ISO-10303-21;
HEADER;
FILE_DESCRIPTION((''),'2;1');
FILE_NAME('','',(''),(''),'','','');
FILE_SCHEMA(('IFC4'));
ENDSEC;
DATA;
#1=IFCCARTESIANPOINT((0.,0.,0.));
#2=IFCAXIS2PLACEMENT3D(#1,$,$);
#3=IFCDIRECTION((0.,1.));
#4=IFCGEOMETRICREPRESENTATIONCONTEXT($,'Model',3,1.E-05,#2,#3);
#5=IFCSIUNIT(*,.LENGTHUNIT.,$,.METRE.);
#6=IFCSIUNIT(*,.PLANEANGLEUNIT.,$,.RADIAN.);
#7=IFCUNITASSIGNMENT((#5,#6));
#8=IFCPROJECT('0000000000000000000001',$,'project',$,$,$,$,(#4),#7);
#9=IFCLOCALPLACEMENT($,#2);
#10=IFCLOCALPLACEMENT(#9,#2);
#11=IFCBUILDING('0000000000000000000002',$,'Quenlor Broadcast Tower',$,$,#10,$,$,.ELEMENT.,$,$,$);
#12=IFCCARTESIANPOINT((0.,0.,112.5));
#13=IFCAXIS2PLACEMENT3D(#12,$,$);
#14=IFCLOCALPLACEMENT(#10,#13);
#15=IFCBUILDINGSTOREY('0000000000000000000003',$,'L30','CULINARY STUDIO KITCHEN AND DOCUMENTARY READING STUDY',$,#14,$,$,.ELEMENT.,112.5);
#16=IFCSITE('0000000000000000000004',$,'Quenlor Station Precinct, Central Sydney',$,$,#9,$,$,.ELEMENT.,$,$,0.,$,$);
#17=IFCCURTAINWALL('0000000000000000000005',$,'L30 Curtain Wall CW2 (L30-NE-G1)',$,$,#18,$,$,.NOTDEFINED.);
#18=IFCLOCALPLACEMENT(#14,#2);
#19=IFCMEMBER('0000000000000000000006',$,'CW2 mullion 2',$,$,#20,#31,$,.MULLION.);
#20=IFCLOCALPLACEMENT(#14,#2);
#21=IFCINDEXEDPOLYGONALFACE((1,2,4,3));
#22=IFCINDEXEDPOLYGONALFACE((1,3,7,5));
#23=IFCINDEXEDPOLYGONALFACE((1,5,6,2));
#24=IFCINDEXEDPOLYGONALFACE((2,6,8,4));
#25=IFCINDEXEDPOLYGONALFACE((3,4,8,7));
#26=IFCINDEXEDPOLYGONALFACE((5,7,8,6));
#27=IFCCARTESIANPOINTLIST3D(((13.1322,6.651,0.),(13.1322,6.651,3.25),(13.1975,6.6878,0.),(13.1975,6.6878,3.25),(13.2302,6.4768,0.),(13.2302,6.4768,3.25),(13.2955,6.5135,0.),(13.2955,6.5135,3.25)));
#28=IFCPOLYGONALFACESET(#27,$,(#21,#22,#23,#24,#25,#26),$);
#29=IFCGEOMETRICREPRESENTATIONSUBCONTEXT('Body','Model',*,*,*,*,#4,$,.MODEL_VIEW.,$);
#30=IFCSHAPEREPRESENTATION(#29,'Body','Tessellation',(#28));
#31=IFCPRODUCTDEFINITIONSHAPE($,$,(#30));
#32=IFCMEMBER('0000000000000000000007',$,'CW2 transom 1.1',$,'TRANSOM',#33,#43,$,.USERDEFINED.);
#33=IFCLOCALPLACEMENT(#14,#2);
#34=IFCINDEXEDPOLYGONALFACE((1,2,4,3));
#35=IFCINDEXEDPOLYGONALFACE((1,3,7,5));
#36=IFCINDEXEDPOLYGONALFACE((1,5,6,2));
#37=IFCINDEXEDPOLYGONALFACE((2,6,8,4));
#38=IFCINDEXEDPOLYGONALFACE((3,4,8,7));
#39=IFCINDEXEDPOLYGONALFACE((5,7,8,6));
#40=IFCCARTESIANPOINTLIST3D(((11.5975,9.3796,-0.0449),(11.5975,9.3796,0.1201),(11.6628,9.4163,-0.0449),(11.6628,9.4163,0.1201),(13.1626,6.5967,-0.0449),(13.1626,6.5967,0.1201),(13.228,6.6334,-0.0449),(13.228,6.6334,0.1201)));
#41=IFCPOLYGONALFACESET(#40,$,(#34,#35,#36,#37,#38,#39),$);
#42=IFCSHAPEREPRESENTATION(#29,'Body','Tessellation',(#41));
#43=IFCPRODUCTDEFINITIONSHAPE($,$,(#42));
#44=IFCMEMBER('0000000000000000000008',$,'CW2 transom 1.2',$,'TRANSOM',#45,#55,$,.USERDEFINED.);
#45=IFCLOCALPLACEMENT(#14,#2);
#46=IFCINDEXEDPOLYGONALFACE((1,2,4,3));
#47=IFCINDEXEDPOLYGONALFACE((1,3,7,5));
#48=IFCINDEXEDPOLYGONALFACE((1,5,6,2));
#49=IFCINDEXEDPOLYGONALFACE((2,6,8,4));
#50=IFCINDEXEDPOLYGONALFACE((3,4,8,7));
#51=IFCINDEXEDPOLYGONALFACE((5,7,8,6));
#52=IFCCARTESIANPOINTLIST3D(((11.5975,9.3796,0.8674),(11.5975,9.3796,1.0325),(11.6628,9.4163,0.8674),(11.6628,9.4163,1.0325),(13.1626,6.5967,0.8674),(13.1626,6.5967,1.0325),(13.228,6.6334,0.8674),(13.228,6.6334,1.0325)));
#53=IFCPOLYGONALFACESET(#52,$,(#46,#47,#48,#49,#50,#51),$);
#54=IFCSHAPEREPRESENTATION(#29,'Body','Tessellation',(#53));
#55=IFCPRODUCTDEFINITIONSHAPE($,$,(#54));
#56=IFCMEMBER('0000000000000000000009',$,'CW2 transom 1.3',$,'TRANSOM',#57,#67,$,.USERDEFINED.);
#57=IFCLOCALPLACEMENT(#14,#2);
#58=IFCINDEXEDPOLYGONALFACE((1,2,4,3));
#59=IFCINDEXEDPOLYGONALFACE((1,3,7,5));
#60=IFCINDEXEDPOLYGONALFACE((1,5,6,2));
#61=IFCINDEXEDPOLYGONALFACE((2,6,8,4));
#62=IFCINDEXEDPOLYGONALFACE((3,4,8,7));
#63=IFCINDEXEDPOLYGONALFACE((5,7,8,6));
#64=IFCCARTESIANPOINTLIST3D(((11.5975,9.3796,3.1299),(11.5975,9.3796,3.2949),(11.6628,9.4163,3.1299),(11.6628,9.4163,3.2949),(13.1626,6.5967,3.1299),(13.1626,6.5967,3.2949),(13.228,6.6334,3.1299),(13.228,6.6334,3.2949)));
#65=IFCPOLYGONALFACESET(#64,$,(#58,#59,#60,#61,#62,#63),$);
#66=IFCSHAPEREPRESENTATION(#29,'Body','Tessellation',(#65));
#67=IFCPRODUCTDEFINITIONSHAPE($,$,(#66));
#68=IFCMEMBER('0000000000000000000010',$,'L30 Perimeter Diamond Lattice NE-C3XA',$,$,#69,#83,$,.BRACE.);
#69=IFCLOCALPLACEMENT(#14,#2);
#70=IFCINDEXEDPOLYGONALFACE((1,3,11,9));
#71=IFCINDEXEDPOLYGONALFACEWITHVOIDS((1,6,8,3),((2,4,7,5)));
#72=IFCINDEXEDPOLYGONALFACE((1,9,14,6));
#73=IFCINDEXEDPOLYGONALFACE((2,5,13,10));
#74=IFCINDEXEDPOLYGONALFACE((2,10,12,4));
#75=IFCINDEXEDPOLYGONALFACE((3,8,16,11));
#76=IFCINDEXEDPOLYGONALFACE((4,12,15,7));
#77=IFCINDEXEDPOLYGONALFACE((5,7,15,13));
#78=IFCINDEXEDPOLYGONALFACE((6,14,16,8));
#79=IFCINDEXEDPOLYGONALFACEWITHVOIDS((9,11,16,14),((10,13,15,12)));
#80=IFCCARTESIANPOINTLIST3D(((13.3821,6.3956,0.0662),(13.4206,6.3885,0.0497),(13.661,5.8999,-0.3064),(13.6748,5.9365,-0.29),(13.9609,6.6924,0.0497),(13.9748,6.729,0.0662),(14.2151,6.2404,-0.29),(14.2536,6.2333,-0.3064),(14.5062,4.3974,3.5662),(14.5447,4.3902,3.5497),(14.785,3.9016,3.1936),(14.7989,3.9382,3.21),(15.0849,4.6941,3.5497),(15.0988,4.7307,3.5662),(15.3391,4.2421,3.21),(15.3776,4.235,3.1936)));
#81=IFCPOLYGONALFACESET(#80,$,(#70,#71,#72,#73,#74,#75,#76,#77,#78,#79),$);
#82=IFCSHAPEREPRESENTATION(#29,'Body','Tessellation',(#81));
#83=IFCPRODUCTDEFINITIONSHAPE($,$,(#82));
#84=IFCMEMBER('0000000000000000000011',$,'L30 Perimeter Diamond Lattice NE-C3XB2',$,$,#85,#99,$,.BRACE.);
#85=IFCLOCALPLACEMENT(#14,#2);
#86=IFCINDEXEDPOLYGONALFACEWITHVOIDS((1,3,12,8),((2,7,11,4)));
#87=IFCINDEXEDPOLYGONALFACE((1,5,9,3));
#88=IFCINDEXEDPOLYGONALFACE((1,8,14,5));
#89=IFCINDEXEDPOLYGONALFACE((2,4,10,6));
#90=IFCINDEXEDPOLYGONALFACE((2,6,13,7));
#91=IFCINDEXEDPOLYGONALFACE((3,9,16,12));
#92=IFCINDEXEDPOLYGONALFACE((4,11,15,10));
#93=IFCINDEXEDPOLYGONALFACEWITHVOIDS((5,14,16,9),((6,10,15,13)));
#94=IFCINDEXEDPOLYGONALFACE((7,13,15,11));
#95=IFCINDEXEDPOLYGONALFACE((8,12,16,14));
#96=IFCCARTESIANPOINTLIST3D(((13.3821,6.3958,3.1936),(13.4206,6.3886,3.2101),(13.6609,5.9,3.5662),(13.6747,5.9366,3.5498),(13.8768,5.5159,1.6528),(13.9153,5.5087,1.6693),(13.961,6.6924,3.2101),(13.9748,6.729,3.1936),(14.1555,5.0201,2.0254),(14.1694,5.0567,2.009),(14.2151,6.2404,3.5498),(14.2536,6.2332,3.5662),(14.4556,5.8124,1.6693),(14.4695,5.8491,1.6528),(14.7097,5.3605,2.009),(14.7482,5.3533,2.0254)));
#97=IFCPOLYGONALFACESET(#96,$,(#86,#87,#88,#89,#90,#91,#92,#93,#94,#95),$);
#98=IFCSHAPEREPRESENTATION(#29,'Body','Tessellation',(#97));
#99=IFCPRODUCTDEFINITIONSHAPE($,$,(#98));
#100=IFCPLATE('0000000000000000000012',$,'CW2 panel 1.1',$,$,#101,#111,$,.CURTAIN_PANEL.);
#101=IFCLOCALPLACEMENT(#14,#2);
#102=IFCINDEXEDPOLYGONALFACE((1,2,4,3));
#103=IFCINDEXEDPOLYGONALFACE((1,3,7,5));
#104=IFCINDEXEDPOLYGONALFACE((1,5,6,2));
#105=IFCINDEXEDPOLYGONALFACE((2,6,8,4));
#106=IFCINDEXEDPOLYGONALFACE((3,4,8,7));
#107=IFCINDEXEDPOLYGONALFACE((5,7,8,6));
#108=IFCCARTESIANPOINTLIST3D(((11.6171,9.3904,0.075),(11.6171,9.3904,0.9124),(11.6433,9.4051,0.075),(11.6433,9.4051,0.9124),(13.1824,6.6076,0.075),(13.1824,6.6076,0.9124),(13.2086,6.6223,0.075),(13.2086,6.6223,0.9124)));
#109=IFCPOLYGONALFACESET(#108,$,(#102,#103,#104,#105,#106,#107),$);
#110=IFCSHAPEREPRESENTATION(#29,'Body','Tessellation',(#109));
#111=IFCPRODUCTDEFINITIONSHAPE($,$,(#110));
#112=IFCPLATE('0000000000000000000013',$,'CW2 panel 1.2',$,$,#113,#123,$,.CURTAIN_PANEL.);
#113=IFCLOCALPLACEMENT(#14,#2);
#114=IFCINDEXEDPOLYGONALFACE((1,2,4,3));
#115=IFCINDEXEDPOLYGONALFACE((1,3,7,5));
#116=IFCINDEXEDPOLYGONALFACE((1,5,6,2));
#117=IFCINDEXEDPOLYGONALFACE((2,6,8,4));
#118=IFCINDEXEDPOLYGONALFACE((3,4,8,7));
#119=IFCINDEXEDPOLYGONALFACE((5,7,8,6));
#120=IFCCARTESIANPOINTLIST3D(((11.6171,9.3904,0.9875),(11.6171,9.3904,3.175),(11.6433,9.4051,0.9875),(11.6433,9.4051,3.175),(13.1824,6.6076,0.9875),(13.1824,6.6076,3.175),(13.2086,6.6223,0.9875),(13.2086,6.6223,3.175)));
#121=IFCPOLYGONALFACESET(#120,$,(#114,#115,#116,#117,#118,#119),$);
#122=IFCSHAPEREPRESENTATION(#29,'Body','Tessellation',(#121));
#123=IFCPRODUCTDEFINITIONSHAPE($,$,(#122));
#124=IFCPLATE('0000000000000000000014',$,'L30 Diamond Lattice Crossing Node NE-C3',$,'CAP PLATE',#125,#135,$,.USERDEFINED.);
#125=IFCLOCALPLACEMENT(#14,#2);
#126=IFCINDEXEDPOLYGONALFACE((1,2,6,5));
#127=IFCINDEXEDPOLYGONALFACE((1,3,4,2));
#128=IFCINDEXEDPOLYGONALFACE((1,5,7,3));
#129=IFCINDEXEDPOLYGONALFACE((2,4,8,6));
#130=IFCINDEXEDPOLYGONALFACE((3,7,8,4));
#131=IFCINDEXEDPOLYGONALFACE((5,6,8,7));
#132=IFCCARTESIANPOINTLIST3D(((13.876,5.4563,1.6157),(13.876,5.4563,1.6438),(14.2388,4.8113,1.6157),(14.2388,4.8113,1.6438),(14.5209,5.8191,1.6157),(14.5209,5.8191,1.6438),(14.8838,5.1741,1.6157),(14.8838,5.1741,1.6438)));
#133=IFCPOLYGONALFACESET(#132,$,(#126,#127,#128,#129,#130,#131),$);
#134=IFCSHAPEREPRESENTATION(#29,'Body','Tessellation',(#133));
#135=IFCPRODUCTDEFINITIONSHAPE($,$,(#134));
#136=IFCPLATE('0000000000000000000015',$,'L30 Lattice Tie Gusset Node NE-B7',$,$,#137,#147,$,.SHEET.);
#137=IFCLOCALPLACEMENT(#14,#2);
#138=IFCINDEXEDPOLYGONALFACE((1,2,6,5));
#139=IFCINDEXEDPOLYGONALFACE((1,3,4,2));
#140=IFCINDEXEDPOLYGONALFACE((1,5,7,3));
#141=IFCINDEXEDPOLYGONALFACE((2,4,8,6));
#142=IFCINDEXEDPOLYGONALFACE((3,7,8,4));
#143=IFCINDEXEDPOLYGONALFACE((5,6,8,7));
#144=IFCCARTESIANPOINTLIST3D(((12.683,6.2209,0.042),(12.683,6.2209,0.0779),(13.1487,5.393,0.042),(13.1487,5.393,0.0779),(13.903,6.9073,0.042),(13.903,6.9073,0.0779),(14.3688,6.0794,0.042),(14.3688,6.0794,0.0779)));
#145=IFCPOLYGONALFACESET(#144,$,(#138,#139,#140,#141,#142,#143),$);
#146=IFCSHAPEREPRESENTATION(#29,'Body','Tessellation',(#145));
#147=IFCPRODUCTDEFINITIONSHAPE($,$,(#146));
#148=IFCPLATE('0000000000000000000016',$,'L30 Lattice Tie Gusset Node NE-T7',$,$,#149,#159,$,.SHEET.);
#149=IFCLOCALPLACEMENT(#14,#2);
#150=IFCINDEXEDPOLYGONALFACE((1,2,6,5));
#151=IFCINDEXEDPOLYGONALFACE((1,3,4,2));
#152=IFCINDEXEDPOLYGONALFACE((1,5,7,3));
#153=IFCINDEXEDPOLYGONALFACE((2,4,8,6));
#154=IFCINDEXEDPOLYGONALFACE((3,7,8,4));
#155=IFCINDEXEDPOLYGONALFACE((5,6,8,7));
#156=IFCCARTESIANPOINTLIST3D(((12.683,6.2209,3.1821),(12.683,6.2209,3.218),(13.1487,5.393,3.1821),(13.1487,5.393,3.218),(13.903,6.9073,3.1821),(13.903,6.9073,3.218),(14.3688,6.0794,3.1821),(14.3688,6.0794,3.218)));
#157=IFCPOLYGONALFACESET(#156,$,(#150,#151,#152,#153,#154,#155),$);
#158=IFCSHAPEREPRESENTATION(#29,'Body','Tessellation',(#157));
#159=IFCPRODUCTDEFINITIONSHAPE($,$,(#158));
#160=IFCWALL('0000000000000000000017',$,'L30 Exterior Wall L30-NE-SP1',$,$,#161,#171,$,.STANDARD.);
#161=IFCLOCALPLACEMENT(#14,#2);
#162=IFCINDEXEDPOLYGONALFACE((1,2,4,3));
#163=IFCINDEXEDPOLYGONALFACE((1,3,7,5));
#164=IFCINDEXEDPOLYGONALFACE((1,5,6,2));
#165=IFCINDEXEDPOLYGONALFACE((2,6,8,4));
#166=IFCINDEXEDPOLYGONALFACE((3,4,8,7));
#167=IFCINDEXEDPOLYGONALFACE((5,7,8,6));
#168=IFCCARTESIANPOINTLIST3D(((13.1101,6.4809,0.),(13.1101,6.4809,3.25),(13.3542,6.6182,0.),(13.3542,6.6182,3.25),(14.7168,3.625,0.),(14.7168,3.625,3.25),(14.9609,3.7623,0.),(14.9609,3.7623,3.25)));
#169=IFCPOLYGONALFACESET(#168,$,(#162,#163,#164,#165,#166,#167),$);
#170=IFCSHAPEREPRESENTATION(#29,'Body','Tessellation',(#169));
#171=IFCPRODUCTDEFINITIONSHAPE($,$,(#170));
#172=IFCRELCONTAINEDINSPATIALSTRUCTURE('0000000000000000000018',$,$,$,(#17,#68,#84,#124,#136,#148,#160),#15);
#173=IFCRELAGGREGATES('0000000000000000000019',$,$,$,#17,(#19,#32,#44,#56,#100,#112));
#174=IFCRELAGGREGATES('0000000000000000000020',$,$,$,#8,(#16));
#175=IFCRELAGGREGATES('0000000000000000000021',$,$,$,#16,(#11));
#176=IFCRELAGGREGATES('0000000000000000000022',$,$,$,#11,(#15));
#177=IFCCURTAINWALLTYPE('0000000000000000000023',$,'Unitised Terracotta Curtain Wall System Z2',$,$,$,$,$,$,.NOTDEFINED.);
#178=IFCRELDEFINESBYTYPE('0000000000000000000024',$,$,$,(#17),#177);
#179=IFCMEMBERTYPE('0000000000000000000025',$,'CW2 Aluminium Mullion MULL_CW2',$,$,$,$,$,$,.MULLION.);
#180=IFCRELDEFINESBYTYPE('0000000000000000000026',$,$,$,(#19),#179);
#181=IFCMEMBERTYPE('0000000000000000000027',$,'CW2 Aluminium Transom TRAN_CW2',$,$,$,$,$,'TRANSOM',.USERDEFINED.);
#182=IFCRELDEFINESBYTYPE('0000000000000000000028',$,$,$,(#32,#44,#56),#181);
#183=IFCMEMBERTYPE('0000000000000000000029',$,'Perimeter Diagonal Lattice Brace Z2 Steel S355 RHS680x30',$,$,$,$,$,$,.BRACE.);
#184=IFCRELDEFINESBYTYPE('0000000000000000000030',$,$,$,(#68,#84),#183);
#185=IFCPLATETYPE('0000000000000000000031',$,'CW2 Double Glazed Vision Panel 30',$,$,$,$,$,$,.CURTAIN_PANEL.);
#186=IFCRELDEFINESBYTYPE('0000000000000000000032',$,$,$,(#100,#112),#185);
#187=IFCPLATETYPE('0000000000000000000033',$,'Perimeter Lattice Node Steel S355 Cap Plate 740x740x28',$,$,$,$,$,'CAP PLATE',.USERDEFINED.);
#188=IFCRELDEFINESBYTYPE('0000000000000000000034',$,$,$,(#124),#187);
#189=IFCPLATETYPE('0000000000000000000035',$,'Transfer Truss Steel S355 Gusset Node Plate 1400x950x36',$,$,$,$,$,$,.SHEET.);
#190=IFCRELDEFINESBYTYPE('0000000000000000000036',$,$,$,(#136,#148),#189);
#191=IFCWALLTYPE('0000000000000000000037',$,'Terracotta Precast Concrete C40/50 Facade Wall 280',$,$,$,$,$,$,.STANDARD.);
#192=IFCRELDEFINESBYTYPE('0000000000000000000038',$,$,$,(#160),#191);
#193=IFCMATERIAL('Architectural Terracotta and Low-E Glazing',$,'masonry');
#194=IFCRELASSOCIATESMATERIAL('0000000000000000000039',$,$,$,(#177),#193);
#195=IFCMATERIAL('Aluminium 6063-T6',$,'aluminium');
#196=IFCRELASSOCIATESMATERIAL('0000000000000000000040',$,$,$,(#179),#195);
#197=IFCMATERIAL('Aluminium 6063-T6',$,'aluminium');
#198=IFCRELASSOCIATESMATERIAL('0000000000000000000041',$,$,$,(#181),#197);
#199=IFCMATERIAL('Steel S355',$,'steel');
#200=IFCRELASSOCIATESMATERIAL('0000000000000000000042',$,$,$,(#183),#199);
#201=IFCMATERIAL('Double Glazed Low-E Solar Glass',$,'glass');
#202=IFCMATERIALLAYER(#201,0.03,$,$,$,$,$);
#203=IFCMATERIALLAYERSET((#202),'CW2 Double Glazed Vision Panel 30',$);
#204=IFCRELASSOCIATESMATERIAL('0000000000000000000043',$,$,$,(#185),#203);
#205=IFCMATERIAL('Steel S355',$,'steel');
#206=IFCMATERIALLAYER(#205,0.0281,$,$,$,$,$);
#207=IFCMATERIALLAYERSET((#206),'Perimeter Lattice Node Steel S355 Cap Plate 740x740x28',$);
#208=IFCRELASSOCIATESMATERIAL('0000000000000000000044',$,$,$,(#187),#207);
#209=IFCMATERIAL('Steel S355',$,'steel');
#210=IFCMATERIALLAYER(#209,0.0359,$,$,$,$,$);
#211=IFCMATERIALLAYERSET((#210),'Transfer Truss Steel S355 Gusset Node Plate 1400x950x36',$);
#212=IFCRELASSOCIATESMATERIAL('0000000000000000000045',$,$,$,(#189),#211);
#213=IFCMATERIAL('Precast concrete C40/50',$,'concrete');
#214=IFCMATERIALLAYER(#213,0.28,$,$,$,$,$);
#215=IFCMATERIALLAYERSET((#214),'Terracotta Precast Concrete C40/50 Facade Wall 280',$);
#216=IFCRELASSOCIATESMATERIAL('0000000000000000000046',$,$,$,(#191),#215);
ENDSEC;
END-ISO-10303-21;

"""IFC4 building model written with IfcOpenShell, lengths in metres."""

from ifc_helpers import new_model, si_unit, direction, frame, frame_2d, origin, origin_2d, place, context, subcontext, project, spatial, rectangle, hollow_rectangle, extrude, material, layer, layer_set, material_profile, profile_set, type_object, element, aggregate, save


model = new_model("IFC4")

# Units and contexts
model_context = context("Model", 3, precision=1e-05, world=origin(), true_north=direction((0.0, 1.0)))
body_context = subcontext(model_context, "Body", "Model", "MODEL_VIEW")
ifc_project = project(units=[si_unit("LENGTHUNIT", "METRE"), si_unit("PLANEANGLEUNIT", "RADIAN")], contexts=[model_context])

# Site, building, storey
site_placement = place(None, origin())
site = spatial("IfcSite", under=ifc_project, at=site_placement, Name="Quenlor Station Precinct, Central Sydney", CompositionType="ELEMENT", RefElevation=0.0)
building_placement = place(site_placement, origin())
building = spatial("IfcBuilding", under=site, at=building_placement, Name="Quenlor Broadcast Tower", CompositionType="ELEMENT")
storey_placement = place(building_placement, frame((0.0, 0.0, 112.5)))
storey = spatial("IfcBuildingStorey", under=building, at=storey_placement, Name="L30", Description="CULINARY STUDIO KITCHEN AND DOCUMENTARY READING STUDY", CompositionType="ELEMENT", Elevation=112.5)

# Curtain wall, members
ifc_material_1 = material(Name="Architectural Terracotta and Low-E Glazing", Category="masonry")
curtain_wall_type = type_object("IfcCurtainWallType", Name="Unitised Terracotta Curtain Wall System Z2", PredefinedType="NOTDEFINED", material=ifc_material_1)
curtain_wall_placement = place(storey_placement, origin())
curtain_wall = element("IfcCurtainWall", 1, at=curtain_wall_placement, inside=storey, type_object=curtain_wall_type, Name="L30 Curtain Wall CW2 (L30-NE-G1)", PredefinedType="NOTDEFINED")
ifc_material_2 = material(Name="Aluminium 6063-T6", Category="aluminium")
ifc_material_profile_1 = material_profile(ifc_material_2, rectangle(XDim=0.075, YDim=0.2, at=origin_2d()))
ifc_profile_set_1 = profile_set([ifc_material_profile_1], Name="Aluminium 6063-T6 MULL75x200")
member_type_1 = type_object("IfcMemberType", Name="CW2 Aluminium Mullion MULL_CW2", PredefinedType="MULLION", material=ifc_profile_set_1)
member_1_placement = place(storey_placement, frame((13.2139, 6.5823, 0.0), z_axis=(0.0, 0.0, 1.0), x_axis=(0.871576, 0.490261, 0.0)))
member_1 = element("IfcMember", 2, at=member_1_placement, type_object=member_type_1, Name="CW2 mullion 2", PredefinedType="MULLION", context=body_context, shape_type="SweptSolid", body=[
    extrude(rectangle(XDim=0.075, YDim=0.2, at=origin_2d()), origin(), (0.0, 0.0, 1.0), 3.25),
])
ifc_material_3 = material(Name="Aluminium 6063-T6", Category="aluminium")
ifc_material_profile_2 = material_profile(ifc_material_3, rectangle(XDim=0.075, YDim=0.165, at=origin_2d()))
ifc_profile_set_2 = profile_set([ifc_material_profile_2], Name="Aluminium 6063-T6 TRAN75x165")
member_type_2 = type_object("IfcMemberType", Name="CW2 Aluminium Transom TRAN_CW2", ElementType="TRANSOM", PredefinedType="USERDEFINED", material=ifc_profile_set_2)
member_2_placement = place(storey_placement, frame((11.6301, 9.3979, 0.0376), z_axis=(0.490207, -0.871606, 0.0), x_axis=(0.871606, 0.490207, 0.0)))
member_2 = element("IfcMember", 3, at=member_2_placement, type_object=member_type_2, Name="CW2 transom 1.1", ObjectType="TRANSOM", PredefinedType="USERDEFINED", context=body_context, shape_type="SweptSolid", body=[
    extrude(rectangle(XDim=0.075, YDim=0.165, at=origin_2d()), origin(), (0.0, 0.0, 1.0), 3.1929),
])
member_3_placement = place(storey_placement, frame((11.6301, 9.3979, 0.95), z_axis=(0.490207, -0.871606, 0.0), x_axis=(0.871606, 0.490207, 0.0)))
member_3 = element("IfcMember", 4, at=member_3_placement, type_object=member_type_2, Name="CW2 transom 1.2", ObjectType="TRANSOM", PredefinedType="USERDEFINED", context=body_context, shape_type="SweptSolid", body=[
    extrude(rectangle(XDim=0.075, YDim=0.165, at=origin_2d()), origin(), (0.0, 0.0, 1.0), 3.1929),
])
member_4_placement = place(storey_placement, frame((11.6301, 9.3979, 3.2124), z_axis=(0.490207, -0.871606, 0.0), x_axis=(0.871606, 0.490207, 0.0)))
member_4 = element("IfcMember", 5, at=member_4_placement, type_object=member_type_2, Name="CW2 transom 1.3", ObjectType="TRANSOM", PredefinedType="USERDEFINED", context=body_context, shape_type="SweptSolid", body=[
    extrude(rectangle(XDim=0.075, YDim=0.165, at=origin_2d()), origin(), (0.0, 0.0, 1.0), 3.1929),
])

# Members
ifc_material_4 = material(Name="Steel S355", Category="steel")
ifc_material_profile_3 = material_profile(ifc_material_4, hollow_rectangle(XDim=0.6799, YDim=0.6799, WallThickness=0.03, at=origin_2d()))
ifc_profile_set_3 = profile_set([ifc_material_profile_3], Name="Steel S355 RHS680x680x30")
member_type_3 = type_object("IfcMemberType", Name="Perimeter Diagonal Lattice Brace Z2 Steel S355 RHS680x30", PredefinedType="BRACE", material=ifc_profile_set_3)
member_5_placement = place(storey_placement, frame((13.8179, 6.3145, -0.1201), z_axis=(0.268642, -0.477593, 0.836502), x_axis=(0.871578, 0.490256, 0.0)))
element("IfcMember", 6, at=member_5_placement, inside=storey, type_object=member_type_3, Name="L30 Perimeter Diamond Lattice NE-C3XA", PredefinedType="BRACE", context=body_context, shape_type="SweptSolid", body=[
    extrude(hollow_rectangle(XDim=0.6799, YDim=0.6799, WallThickness=0.03, at=origin_2d()), origin(), (0.0, 0.0, 1.0), 4.1841),
])
member_6_placement = place(storey_placement, frame((14.3125, 5.4346, 1.8391), z_axis=(-0.268534, 0.477688, 0.836483), x_axis=(-0.871705, -0.490032, 0.0)))
element("IfcMember", 7, at=member_6_placement, inside=storey, type_object=member_type_3, Name="L30 Perimeter Diamond Lattice NE-C3XB2", PredefinedType="BRACE", context=body_context, shape_type="SweptSolid", body=[
    extrude(hollow_rectangle(XDim=0.6799, YDim=0.6799, WallThickness=0.03, at=origin_2d()), origin(), (0.0, 0.0, 1.0), 1.842),
])

# Plates
ifc_material_5 = material(Name="Double Glazed Low-E Solar Glass", Category="glass")
ifc_layer_1 = layer(ifc_material_5, 0.03)
ifc_layer_set_1 = layer_set([ifc_layer_1], Name="CW2 Double Glazed Vision Panel 30")
plate_type_1 = type_object("IfcPlateType", Name="CW2 Double Glazed Vision Panel 30", PredefinedType="CURTAIN_PANEL", material=ifc_layer_set_1)
plate_1_placement = place(storey_placement, frame((12.4128, 8.0063, 0.075), z_axis=(0.0, 0.0, 1.0), x_axis=(0.490261, -0.871576, 0.0)))
plate_1 = element("IfcPlate", 8, at=plate_1_placement, type_object=plate_type_1, Name="CW2 panel 1.1", PredefinedType="CURTAIN_PANEL", context=body_context, shape_type="SweptSolid", body=[
    extrude(rectangle(XDim=3.1929, YDim=0.03, at=origin_2d()), origin(), (0.0, 0.0, 1.0), 0.8374),
])
plate_2_placement = place(storey_placement, frame((12.4128, 8.0063, 0.9875), z_axis=(0.0, 0.0, 1.0), x_axis=(0.490261, -0.871576, 0.0)))
plate_2 = element("IfcPlate", 9, at=plate_2_placement, type_object=plate_type_1, Name="CW2 panel 1.2", PredefinedType="CURTAIN_PANEL", context=body_context, shape_type="SweptSolid", body=[
    extrude(rectangle(XDim=3.1929, YDim=0.03, at=origin_2d()), origin(), (0.0, 0.0, 1.0), 2.1875),
])
aggregate(curtain_wall, [member_1, member_2, member_3, member_4, plate_1, plate_2])

# Plates
ifc_material_6 = material(Name="Steel S355", Category="steel")
ifc_layer_2 = layer(ifc_material_6, 0.0281)
ifc_layer_set_2 = layer_set([ifc_layer_2], Name="Perimeter Lattice Node Steel S355 Cap Plate 740x740x28")
plate_type_2 = type_object("IfcPlateType", Name="Perimeter Lattice Node Steel S355 Cap Plate 740x740x28", ElementType="CAP PLATE", PredefinedType="USERDEFINED", material=ifc_layer_set_2)
plate_3_placement = place(storey_placement, frame((14.3799, 5.3152, 1.6157), z_axis=(0.0, 0.0, 1.0), x_axis=(0.490295, -0.871556, 0.0)))
element("IfcPlate", 10, at=plate_3_placement, inside=storey, type_object=plate_type_2, Name="L30 Diamond Lattice Crossing Node NE-C3", ObjectType="CAP PLATE", PredefinedType="USERDEFINED", context=body_context, shape_type="SweptSolid", body=[
    extrude(rectangle(XDim=0.74, YDim=0.74, at=origin_2d()), origin(), (0.0, 0.0, 1.0), 0.0281),
])
ifc_material_7 = material(Name="Steel S355", Category="steel")
ifc_layer_3 = layer(ifc_material_7, 0.0359)
ifc_layer_set_3 = layer_set([ifc_layer_3], Name="Transfer Truss Steel S355 Gusset Node Plate 1400x950x36")
plate_type_3 = type_object("IfcPlateType", Name="Transfer Truss Steel S355 Gusset Node Plate 1400x950x36", PredefinedType="SHEET", material=ifc_layer_set_3)
for number, where, z_axis, x_axis, name in (
    (11, (13.5259, 6.1501, 0.042), (0.0, 0.0, 1.0), (0.871556, 0.490295, 0.0), "L30 Lattice Tie Gusset Node NE-B7"),
    (12, (13.5259, 6.1501, 3.1821), (0.0, 0.0, 1.0), (0.871556, 0.490295, 0.0), "L30 Lattice Tie Gusset Node NE-T7"),
):
    element("IfcPlate", number, at=place(storey_placement, frame(where, z_axis=z_axis, x_axis=x_axis)), inside=storey, type_object=plate_type_3, Name=name, PredefinedType="SHEET", context=body_context, shape_type="SweptSolid", body=[
        extrude(rectangle(XDim=1.3999, YDim=0.95, at=origin_2d()), origin(), (0.0, 0.0, 1.0), 0.0359),
    ])

# Wall
ifc_material_8 = material(Name="Precast concrete C40/50", Category="concrete")
ifc_layer_4 = layer(ifc_material_8, 0.28)
ifc_layer_set_4 = layer_set([ifc_layer_4], Name="Terracotta Precast Concrete C40/50 Facade Wall 280")
wall_type = type_object("IfcWallType", Name="Terracotta Precast Concrete C40/50 Facade Wall 280", PredefinedType="STANDARD", material=ifc_layer_set_4)
wall_placement = place(storey_placement, frame((13.2322, 6.5496, 0.0), z_axis=(0.0, 0.0, 1.0), x_axis=(0.490311, -0.871548, 0.0)))
element("IfcWall", 13, at=wall_placement, inside=storey, type_object=wall_type, Name="L30 Exterior Wall L30-NE-SP1", PredefinedType="STANDARD", context=body_context, shape_type="SweptSolid", body=[
    extrude(rectangle(XDim=3.2769, YDim=0.28, at=frame_2d((1.6384, 0.0))), origin(), (0.0, 0.0, 1.0), 3.25),
])

save(model, "model.ifc")
